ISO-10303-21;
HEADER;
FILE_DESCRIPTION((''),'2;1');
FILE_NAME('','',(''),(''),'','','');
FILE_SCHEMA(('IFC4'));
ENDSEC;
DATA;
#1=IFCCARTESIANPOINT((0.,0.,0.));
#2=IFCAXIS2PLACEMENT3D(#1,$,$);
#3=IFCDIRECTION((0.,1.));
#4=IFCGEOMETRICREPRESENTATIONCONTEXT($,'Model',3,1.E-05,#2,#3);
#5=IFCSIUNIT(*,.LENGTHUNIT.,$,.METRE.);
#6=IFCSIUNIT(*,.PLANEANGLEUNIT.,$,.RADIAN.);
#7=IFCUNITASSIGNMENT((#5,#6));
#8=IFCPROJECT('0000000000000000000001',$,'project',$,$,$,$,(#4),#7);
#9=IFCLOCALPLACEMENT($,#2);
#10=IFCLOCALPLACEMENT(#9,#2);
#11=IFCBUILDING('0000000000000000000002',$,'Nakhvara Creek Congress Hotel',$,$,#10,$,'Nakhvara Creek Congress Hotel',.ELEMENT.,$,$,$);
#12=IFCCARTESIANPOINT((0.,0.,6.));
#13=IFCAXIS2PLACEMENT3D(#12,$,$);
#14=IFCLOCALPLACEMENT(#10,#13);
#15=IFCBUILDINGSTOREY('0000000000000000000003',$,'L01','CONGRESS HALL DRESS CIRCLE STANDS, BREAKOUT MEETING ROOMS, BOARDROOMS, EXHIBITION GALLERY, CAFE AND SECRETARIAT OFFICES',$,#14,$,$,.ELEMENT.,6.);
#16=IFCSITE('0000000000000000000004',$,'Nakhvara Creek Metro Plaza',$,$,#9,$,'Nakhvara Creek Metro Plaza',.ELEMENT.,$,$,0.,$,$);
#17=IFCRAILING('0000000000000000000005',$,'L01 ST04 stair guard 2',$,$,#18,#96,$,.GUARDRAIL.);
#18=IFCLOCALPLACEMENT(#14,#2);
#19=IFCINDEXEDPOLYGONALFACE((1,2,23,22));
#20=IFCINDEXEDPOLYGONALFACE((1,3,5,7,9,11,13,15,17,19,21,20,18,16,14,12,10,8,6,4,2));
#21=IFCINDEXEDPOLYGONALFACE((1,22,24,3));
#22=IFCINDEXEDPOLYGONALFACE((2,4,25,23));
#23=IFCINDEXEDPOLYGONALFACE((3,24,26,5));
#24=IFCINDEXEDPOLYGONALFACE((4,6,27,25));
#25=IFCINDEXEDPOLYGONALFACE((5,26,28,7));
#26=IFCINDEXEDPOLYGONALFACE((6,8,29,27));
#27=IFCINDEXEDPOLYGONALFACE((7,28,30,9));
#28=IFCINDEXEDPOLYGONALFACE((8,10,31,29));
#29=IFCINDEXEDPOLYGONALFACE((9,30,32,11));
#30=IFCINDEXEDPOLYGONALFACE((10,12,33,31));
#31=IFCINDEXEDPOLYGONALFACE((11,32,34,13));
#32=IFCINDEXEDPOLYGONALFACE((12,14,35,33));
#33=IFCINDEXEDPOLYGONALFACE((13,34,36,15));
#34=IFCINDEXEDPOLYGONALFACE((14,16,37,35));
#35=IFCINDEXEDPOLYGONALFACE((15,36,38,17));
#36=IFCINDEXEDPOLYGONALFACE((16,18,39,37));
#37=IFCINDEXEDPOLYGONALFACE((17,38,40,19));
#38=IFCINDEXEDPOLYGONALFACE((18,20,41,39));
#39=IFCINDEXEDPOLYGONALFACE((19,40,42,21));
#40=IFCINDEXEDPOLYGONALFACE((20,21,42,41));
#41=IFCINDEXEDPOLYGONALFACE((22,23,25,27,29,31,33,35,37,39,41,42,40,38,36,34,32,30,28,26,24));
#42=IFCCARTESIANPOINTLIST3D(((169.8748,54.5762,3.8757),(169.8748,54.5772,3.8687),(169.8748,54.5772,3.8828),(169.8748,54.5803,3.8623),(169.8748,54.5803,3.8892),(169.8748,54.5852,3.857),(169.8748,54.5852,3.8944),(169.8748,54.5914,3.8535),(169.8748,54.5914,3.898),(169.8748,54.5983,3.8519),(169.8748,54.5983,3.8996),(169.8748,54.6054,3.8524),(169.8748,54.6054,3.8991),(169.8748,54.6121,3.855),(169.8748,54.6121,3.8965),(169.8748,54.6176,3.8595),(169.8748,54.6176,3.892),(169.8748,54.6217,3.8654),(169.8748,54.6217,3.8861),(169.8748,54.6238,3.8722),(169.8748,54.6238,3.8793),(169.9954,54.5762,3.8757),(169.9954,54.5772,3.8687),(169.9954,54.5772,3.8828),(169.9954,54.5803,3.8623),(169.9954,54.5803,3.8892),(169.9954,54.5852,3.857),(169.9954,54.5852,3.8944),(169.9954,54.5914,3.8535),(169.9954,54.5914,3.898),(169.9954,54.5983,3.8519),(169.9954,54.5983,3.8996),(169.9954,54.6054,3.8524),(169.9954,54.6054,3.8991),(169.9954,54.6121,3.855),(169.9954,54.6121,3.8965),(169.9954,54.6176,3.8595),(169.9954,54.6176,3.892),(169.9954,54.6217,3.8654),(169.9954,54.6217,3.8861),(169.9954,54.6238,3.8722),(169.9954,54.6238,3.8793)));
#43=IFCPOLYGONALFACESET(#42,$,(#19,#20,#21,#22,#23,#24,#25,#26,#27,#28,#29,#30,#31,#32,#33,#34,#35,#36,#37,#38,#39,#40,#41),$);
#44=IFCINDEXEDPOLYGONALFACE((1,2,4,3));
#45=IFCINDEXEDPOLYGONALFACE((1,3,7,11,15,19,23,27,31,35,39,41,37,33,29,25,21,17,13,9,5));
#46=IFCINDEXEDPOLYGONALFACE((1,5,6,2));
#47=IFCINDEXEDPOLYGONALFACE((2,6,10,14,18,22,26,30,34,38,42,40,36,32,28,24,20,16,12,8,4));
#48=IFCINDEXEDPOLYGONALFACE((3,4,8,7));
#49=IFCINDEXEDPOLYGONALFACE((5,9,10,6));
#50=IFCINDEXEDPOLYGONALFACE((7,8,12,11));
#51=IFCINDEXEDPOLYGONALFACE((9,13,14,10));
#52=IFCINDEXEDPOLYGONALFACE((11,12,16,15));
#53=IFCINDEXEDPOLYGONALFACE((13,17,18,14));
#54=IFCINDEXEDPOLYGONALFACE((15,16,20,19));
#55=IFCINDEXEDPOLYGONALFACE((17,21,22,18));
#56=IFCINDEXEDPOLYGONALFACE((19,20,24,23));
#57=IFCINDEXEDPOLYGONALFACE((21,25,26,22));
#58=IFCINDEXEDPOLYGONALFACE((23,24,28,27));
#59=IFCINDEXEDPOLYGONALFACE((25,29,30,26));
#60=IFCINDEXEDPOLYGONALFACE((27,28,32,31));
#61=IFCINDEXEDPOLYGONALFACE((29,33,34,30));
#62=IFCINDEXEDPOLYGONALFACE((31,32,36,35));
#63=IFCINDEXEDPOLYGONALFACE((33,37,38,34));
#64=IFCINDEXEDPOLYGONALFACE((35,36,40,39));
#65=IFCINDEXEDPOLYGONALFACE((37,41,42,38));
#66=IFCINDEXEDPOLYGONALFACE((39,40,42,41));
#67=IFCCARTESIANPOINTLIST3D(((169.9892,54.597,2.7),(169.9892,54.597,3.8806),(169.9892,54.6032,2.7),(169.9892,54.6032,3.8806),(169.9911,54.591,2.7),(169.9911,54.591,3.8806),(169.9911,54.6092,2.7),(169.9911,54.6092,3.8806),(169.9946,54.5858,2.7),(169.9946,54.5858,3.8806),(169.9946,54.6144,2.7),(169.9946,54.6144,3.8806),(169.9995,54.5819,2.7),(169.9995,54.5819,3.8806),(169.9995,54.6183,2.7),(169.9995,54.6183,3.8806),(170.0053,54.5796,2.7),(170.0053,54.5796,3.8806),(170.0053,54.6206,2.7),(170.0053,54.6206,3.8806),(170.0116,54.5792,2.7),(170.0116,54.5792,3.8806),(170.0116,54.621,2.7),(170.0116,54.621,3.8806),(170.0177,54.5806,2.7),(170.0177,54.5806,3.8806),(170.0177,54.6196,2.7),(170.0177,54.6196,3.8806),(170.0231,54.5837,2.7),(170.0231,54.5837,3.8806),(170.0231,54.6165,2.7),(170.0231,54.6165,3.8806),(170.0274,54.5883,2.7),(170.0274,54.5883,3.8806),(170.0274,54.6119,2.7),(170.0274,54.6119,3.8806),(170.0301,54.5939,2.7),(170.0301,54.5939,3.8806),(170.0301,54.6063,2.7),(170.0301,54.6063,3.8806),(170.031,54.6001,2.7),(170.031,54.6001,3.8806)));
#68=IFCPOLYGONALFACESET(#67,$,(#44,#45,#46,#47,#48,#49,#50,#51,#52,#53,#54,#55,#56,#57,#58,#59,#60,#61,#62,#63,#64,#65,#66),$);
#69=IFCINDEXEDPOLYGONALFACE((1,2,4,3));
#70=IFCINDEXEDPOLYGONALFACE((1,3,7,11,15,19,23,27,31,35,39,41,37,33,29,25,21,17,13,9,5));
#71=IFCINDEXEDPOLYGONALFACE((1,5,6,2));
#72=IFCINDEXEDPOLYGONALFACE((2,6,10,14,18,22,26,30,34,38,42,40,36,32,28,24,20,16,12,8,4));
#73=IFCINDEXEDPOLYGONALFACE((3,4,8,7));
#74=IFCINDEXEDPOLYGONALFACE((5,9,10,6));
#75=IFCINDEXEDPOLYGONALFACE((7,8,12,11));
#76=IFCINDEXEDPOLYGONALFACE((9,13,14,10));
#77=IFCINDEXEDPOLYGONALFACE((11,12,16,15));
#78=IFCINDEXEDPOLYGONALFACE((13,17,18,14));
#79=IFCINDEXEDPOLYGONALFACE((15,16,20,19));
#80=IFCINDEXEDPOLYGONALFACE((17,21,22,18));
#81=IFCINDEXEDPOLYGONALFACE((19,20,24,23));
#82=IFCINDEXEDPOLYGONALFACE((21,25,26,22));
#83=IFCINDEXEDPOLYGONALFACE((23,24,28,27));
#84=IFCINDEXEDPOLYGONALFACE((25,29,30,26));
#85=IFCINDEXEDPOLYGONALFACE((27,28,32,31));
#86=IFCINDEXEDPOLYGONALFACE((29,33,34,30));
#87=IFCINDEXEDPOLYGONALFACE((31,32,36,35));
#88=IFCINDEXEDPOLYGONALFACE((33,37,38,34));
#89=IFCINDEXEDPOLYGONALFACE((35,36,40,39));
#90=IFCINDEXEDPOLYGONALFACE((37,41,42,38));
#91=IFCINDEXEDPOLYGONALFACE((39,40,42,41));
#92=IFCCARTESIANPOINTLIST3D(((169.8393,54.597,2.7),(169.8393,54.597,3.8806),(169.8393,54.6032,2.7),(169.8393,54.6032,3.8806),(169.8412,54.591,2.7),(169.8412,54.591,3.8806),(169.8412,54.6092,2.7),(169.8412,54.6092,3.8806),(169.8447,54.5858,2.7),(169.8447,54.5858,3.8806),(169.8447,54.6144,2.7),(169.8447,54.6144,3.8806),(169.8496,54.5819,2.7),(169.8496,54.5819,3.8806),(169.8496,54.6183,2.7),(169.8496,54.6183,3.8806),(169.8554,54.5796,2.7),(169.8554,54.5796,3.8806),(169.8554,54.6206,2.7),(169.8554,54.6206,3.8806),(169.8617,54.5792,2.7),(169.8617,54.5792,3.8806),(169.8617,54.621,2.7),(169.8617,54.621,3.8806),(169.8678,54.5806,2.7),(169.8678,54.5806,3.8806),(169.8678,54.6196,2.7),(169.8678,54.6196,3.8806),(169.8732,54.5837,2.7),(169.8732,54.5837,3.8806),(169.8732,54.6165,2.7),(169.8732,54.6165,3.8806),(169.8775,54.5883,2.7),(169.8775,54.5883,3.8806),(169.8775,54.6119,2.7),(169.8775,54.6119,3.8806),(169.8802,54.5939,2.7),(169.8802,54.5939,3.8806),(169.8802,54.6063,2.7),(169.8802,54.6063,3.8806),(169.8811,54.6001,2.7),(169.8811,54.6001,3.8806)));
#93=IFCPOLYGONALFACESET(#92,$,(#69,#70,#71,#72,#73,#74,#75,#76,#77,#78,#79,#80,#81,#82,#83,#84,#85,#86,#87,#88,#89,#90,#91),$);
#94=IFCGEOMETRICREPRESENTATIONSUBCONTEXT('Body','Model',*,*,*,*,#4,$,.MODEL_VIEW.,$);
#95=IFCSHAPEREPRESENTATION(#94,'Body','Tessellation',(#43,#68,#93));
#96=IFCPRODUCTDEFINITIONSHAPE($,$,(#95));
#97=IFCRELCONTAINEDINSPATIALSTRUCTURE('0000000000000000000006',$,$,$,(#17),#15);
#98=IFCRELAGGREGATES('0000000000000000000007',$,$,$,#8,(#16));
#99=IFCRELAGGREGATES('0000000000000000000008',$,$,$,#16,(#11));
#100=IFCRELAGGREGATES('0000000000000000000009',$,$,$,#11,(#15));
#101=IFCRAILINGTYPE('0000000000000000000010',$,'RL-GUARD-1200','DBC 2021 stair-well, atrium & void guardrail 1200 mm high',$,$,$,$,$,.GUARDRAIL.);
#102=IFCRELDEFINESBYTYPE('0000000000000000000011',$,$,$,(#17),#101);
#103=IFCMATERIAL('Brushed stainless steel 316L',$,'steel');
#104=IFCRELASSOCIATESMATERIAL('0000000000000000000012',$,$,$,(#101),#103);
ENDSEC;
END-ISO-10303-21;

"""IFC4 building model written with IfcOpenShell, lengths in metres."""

from ifc_helpers import new_model, si_unit, direction, frame, origin, origin_2d, place, context, subcontext, project, spatial, circle, extrude, material, type_object, element, save


model = new_model("IFC4")

# Units and contexts
model_context = context("Model", 3, precision=1e-05, world=origin(), true_north=direction((0.0, 1.0)))
body_context = subcontext(model_context, "Body", "Model", "MODEL_VIEW")
ifc_project = project(units=[si_unit("LENGTHUNIT", "METRE"), si_unit("PLANEANGLEUNIT", "RADIAN")], contexts=[model_context])

# Site, building, storey
site_placement = place(None, origin())
site = spatial("IfcSite", under=ifc_project, at=site_placement, Name="Nakhvara Creek Metro Plaza", LongName="Nakhvara Creek Metro Plaza", CompositionType="ELEMENT", RefElevation=0.0)
building_placement = place(site_placement, origin())
building = spatial("IfcBuilding", under=site, at=building_placement, Name="Nakhvara Creek Congress Hotel", LongName="Nakhvara Creek Congress Hotel", CompositionType="ELEMENT")
storey_placement = place(building_placement, frame((0.0, 0.0, 6.0)))
storey = spatial("IfcBuildingStorey", under=building, at=storey_placement, Name="L01", Description="CONGRESS HALL DRESS CIRCLE STANDS, BREAKOUT MEETING ROOMS, BOARDROOMS, EXHIBITION GALLERY, CAFE AND SECRETARIAT OFFICES", CompositionType="ELEMENT", Elevation=6.0)

# Railing
ifc_material_1 = material(Name="Brushed stainless steel 316L", Category="steel")
railing_type_1 = type_object("IfcRailingType", Name="RL-GUARD-1200", Description="DBC 2021 stair-well, atrium & void guardrail 1200 mm high", PredefinedType="GUARDRAIL", material=ifc_material_1)
railing_1_placement = place(storey_placement, frame((170.01, 54.6001, 2.7)))
element("IfcRailing", 1, at=railing_1_placement, inside=storey, type_object=railing_type_1, Name="L01 ST04 stair guard 2", PredefinedType="GUARDRAIL", context=body_context, shape_type="SweptSolid", body=[
    extrude(circle(Radius=0.0239, at=origin_2d()), frame((-0.0146, 0.0, 1.1758), z_axis=(-1.0, 0.0, 0.0), x_axis=(0.0, -1.0, 0.0)), (0.0, 0.0, 1.0), 0.1206),
    extrude(circle(Radius=0.021, at=origin_2d()), origin(), (0.0, 0.0, 1.0), 1.1807),
    extrude(circle(Radius=0.021, at=origin_2d()), frame((-0.1499, 0.0, 0.0)), (0.0, 0.0, 1.0), 1.1807),
])

save(model, "model.ifc")
